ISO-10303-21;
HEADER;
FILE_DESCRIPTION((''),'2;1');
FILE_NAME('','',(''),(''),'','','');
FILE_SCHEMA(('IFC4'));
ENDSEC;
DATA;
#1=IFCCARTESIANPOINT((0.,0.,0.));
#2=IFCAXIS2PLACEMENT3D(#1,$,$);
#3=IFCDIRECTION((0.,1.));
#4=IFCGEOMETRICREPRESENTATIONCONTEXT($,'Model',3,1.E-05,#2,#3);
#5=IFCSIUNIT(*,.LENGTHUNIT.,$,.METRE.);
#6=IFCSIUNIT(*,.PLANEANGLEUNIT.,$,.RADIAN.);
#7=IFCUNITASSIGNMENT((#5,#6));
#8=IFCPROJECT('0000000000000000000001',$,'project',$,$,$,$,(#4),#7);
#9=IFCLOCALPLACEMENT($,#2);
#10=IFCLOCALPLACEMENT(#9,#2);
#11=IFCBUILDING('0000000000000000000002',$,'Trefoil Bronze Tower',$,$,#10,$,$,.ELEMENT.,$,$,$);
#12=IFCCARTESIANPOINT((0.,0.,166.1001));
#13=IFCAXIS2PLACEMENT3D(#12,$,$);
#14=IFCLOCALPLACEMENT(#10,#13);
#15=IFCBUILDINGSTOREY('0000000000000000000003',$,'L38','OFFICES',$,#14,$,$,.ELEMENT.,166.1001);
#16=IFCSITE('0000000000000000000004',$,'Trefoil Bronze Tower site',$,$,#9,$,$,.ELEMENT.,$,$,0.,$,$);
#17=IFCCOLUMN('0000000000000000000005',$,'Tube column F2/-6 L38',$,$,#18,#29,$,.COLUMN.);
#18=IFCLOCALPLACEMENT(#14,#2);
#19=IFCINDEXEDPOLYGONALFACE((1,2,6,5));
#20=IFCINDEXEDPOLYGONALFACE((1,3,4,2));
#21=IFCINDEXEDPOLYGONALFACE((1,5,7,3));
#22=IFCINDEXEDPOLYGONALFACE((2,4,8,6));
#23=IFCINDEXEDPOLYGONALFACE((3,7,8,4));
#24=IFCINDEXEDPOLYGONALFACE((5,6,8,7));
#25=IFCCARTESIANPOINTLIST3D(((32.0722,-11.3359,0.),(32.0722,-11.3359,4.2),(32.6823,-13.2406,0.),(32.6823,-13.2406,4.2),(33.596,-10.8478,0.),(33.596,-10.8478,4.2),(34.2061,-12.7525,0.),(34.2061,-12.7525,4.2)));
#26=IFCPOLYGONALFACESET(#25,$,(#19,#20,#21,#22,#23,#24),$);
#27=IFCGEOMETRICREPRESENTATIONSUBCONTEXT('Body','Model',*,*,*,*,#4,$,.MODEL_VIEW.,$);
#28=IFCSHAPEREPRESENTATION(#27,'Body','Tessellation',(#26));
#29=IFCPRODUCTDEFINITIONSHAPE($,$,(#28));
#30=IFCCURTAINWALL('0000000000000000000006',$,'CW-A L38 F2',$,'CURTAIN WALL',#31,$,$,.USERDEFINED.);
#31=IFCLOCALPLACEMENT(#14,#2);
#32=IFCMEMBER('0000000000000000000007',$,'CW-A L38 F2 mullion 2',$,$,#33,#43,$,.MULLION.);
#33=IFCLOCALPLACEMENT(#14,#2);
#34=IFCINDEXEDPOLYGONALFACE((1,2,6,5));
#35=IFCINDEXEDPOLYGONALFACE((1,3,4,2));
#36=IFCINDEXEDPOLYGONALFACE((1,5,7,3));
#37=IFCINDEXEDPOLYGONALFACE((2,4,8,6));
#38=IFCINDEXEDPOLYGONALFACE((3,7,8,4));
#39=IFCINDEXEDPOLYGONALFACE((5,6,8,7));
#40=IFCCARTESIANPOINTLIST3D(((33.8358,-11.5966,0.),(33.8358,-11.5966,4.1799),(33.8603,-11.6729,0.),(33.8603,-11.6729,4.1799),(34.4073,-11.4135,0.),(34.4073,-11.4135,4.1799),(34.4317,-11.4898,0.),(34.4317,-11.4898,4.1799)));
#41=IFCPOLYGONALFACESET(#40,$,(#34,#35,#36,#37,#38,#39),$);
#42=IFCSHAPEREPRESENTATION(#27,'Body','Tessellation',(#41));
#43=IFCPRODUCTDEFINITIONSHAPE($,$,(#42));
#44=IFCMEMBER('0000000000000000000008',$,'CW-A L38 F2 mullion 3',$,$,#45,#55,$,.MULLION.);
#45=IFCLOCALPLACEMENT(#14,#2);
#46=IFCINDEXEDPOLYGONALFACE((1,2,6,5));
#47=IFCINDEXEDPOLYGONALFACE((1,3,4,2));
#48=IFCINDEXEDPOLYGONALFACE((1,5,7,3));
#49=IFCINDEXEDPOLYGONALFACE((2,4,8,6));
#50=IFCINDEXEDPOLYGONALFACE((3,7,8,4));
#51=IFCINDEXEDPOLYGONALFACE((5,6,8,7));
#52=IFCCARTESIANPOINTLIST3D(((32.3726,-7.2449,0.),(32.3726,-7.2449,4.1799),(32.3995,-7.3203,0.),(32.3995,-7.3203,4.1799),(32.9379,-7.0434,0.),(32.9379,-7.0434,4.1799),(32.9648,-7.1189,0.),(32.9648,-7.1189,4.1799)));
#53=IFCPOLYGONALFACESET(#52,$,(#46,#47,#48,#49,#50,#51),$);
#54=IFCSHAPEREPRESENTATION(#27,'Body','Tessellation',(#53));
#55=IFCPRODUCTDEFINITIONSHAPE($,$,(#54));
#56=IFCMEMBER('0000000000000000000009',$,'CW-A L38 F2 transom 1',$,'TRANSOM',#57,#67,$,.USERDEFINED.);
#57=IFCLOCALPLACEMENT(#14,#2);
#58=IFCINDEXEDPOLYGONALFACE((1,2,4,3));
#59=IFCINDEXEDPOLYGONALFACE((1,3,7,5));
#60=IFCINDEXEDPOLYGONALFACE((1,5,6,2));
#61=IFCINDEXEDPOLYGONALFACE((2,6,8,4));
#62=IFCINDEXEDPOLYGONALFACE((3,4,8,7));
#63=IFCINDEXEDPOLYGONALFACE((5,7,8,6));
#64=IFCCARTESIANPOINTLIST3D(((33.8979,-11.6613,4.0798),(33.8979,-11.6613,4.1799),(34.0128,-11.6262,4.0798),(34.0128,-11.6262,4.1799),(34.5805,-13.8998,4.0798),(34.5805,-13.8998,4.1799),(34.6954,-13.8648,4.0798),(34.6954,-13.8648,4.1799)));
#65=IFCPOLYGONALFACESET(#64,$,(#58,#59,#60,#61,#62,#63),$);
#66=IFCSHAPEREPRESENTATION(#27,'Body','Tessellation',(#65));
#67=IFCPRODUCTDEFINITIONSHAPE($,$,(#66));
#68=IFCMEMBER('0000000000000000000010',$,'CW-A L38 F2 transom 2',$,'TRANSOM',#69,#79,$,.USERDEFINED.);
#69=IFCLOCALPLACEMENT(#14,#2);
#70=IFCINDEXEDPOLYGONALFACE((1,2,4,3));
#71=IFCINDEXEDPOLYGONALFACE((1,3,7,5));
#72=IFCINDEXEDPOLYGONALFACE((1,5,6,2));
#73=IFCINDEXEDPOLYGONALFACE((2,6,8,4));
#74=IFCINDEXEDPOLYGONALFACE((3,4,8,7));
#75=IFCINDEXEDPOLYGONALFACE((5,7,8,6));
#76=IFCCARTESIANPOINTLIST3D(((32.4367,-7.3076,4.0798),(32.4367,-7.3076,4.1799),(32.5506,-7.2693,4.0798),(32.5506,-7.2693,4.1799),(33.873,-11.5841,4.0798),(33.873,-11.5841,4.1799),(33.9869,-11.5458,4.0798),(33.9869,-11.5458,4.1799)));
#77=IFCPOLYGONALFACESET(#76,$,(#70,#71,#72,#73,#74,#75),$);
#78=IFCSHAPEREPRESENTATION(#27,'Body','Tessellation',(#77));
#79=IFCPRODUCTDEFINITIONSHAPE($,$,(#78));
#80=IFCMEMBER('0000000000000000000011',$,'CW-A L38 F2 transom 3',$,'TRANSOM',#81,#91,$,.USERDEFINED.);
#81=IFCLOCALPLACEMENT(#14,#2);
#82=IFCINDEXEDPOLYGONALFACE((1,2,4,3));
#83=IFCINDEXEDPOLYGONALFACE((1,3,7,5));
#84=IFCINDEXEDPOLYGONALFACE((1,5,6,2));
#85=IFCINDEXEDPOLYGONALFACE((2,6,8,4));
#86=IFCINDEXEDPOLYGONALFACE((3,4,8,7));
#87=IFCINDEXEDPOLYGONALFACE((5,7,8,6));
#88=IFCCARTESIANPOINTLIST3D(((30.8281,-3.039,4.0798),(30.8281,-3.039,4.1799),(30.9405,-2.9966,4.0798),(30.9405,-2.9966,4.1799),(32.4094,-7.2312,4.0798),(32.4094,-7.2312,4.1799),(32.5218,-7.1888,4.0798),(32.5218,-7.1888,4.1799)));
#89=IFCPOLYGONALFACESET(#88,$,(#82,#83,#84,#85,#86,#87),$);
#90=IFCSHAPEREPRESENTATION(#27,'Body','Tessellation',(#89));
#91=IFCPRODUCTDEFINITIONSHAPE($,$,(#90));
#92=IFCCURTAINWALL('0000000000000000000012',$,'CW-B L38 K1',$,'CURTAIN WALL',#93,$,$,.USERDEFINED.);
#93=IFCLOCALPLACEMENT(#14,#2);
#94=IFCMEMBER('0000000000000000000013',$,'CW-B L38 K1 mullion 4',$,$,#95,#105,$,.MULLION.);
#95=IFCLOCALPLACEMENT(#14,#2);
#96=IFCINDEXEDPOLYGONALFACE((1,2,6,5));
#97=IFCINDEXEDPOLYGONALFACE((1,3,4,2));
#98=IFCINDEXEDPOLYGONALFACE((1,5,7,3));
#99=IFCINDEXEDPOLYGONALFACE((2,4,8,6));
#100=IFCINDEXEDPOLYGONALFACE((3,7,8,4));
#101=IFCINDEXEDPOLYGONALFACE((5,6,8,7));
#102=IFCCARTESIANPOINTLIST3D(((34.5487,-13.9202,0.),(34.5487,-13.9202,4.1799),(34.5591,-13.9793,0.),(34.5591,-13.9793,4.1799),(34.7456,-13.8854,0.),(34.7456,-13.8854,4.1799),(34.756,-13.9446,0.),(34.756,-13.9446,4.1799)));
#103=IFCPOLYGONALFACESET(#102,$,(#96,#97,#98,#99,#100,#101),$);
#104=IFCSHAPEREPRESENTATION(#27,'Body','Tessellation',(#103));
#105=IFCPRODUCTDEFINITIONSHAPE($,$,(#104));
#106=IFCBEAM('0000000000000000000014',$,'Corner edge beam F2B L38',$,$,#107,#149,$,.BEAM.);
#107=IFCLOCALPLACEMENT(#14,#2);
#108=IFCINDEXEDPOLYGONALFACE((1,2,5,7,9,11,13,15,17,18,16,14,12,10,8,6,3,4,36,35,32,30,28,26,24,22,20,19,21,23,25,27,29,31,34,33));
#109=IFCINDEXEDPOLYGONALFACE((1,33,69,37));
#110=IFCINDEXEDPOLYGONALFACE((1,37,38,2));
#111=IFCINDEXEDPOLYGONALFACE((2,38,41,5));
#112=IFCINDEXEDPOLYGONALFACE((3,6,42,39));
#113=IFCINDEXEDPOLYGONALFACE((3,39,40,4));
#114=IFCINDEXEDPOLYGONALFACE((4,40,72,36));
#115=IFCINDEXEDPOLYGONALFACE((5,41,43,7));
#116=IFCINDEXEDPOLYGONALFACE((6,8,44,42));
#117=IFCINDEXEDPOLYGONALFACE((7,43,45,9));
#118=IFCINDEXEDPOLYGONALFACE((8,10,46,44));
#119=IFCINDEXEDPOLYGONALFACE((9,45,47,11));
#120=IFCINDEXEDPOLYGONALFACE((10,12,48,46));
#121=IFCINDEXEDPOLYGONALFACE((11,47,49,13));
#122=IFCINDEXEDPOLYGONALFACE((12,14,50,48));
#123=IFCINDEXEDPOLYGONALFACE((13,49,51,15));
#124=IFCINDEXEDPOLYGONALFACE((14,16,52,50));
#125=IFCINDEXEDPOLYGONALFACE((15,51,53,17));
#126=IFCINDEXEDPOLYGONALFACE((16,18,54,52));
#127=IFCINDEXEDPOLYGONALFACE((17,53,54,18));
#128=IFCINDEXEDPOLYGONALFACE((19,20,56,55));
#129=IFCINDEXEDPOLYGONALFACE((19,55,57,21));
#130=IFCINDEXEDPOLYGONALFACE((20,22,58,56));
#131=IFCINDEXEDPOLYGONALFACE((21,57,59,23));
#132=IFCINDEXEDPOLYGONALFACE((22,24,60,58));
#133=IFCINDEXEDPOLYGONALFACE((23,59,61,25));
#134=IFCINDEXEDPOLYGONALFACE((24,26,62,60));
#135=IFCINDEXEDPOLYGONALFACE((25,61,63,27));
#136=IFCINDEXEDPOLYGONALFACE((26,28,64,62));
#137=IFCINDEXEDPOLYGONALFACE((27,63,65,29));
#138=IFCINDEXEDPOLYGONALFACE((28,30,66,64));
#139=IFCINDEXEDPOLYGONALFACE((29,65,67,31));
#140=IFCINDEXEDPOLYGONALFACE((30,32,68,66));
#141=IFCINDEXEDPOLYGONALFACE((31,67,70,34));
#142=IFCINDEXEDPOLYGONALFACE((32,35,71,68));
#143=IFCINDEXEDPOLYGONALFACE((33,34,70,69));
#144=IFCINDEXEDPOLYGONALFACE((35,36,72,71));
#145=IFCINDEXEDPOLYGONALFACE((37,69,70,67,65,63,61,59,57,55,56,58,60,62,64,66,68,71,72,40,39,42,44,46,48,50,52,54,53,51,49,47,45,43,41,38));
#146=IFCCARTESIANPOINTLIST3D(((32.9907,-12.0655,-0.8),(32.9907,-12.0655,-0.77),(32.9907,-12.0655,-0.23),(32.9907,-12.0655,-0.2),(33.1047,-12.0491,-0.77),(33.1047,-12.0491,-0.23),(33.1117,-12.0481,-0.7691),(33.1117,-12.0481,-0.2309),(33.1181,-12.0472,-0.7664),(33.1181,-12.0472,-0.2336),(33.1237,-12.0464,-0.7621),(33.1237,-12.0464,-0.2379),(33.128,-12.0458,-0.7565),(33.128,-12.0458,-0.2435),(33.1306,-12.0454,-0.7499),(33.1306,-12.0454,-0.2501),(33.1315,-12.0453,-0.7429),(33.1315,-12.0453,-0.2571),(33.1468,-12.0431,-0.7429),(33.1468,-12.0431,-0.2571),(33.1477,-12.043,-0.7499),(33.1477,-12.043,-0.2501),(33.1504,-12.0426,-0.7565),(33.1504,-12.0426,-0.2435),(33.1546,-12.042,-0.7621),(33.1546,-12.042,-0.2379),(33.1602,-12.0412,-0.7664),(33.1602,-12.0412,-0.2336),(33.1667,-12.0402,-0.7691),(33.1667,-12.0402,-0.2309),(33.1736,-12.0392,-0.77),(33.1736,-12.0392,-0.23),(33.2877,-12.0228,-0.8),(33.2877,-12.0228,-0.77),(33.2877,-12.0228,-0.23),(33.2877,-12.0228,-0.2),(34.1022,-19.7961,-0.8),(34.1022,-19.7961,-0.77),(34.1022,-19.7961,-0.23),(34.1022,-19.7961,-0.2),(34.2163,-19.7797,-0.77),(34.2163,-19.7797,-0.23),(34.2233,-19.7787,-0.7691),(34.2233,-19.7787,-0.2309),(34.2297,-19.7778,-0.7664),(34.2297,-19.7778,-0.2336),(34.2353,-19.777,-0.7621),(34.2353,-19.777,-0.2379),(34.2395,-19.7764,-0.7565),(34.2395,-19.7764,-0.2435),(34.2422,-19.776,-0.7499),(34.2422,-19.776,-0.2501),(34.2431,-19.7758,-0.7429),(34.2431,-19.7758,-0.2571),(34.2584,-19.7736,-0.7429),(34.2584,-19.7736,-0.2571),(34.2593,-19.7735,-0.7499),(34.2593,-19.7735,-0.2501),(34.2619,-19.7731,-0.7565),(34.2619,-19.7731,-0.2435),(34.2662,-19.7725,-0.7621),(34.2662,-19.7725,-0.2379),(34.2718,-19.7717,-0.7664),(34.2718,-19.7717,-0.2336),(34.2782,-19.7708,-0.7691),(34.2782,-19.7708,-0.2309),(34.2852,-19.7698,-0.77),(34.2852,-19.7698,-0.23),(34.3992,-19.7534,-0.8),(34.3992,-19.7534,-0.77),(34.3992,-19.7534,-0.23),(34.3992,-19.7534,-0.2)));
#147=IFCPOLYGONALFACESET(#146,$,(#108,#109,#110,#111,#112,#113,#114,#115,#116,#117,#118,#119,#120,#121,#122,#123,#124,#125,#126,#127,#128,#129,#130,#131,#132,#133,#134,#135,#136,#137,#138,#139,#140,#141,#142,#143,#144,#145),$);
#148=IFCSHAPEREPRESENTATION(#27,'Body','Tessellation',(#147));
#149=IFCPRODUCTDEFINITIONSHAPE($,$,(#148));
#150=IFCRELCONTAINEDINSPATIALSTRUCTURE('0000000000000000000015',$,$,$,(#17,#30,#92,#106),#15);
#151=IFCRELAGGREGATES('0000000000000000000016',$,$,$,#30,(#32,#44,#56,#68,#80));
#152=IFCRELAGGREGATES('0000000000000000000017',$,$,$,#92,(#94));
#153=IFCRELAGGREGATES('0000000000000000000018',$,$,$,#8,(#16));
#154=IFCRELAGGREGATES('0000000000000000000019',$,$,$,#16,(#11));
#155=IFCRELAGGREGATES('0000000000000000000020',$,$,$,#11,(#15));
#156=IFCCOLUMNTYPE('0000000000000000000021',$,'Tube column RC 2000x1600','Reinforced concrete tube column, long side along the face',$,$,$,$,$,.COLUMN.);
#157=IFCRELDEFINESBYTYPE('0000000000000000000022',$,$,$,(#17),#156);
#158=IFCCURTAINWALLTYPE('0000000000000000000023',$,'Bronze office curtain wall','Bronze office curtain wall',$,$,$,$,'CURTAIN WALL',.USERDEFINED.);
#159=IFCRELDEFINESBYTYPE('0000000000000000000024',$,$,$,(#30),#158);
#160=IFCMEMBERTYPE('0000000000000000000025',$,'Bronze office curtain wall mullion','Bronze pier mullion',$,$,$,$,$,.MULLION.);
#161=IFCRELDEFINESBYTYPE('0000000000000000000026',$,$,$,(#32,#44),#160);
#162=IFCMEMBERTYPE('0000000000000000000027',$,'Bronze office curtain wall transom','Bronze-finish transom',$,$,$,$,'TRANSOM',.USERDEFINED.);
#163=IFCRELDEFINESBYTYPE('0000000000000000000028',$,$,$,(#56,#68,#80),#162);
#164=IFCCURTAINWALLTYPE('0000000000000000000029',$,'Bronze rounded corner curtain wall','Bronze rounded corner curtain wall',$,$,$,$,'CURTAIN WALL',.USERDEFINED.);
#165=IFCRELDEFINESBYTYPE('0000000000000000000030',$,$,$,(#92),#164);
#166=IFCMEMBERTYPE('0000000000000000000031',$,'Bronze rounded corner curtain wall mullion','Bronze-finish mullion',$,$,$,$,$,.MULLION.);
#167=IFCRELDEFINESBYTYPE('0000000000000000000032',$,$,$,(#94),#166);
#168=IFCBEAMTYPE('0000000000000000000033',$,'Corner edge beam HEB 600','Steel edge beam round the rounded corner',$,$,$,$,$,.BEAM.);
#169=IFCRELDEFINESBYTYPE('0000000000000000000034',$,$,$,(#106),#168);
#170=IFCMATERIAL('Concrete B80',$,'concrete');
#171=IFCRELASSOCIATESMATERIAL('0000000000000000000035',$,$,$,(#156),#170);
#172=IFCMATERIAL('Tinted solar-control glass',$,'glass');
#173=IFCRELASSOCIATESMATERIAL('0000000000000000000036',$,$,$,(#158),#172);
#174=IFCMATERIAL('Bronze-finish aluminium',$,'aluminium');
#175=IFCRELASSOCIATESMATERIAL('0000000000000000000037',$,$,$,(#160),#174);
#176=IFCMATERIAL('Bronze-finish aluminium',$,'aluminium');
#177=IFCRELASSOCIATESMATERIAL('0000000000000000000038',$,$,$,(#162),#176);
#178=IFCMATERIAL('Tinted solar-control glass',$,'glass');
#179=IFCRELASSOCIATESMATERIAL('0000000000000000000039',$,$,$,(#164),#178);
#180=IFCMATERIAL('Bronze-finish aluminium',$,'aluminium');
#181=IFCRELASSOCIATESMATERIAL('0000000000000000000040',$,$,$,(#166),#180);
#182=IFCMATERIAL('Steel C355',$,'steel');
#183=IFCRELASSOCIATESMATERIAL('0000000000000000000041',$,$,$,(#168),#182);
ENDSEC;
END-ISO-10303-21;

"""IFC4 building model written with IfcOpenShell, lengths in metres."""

from ifc_helpers import new_model, si_unit, direction, frame, origin, origin_2d, place, context, subcontext, project, spatial, rectangle, i_section, extrude, material, material_profile, profile_set, type_object, element, aggregate, save


model = new_model("IFC4")

# Units and contexts
model_context = context("Model", 3, precision=1e-05, world=origin(), true_north=direction((0.0, 1.0)))
body_context = subcontext(model_context, "Body", "Model", "MODEL_VIEW")
ifc_project = project(units=[si_unit("LENGTHUNIT", "METRE"), si_unit("PLANEANGLEUNIT", "RADIAN")], contexts=[model_context])

# Site, building, storey
site_placement = place(None, origin())
site = spatial("IfcSite", under=ifc_project, at=site_placement, Name="Trefoil Bronze Tower site", CompositionType="ELEMENT", RefElevation=0.0)
building_placement = place(site_placement, origin())
building = spatial("IfcBuilding", under=site, at=building_placement, Name="Trefoil Bronze Tower", CompositionType="ELEMENT")
storey_placement = place(building_placement, frame((0.0, 0.0, 166.1001)))
storey = spatial("IfcBuildingStorey", under=building, at=storey_placement, Name="L38", Description="OFFICES", CompositionType="ELEMENT", Elevation=166.1001)

# Column
ifc_material_1 = material(Name="Concrete B80", Category="concrete")
ifc_material_profile_1 = material_profile(ifc_material_1, rectangle(XDim=2.0, YDim=1.6001, at=origin_2d()), Name="RC 2000x1600")
ifc_profile_set_1 = profile_set([ifc_material_profile_1], Name="Concrete B80")
column_type = type_object("IfcColumnType", Name="Tube column RC 2000x1600", Description="Reinforced concrete tube column, long side along the face", PredefinedType="COLUMN", material=ifc_profile_set_1)
column_placement = place(storey_placement, frame((33.1392, -12.0442, 0.0), z_axis=(0.0, 0.0, 1.0), x_axis=(-0.305066, 0.952331, 0.0)))
element("IfcColumn", 1, at=column_placement, inside=storey, type_object=column_type, Name="Tube column F2/-6 L38", PredefinedType="COLUMN", context=body_context, shape_type="SweptSolid", body=[
    extrude(rectangle(XDim=2.0, YDim=1.6001, at=origin_2d()), origin(), (0.0, 0.0, 1.0), 4.2),
])

# Curtain wall, members
ifc_material_2 = material(Name="Tinted solar-control glass", Category="glass")
curtain_wall_type_1 = type_object("IfcCurtainWallType", Name="Bronze office curtain wall", Description="Bronze office curtain wall", ElementType="CURTAIN WALL", PredefinedType="USERDEFINED", material=ifc_material_2)
curtain_wall_1_placement = place(storey_placement, origin())
curtain_wall_1 = element("IfcCurtainWall", 2, at=curtain_wall_1_placement, inside=storey, type_object=curtain_wall_type_1, Name="CW-A L38 F2", ObjectType="CURTAIN WALL", PredefinedType="USERDEFINED")
ifc_material_3 = material(Name="Bronze-finish aluminium", Category="aluminium")
ifc_material_profile_2 = material_profile(ifc_material_3, rectangle(XDim=0.6001, YDim=0.0801, at=origin_2d()), Name="CW-A mullion")
ifc_profile_set_2 = profile_set([ifc_material_profile_2], Name="Bronze-finish aluminium")
member_type_1 = type_object("IfcMemberType", Name="Bronze office curtain wall mullion", Description="Bronze pier mullion", PredefinedType="MULLION", material=ifc_profile_set_2)
member_1_placement = place(storey_placement, frame((34.1338, -11.5432, 0.0), z_axis=(0.0, 0.0, 1.0), x_axis=(-0.952331, -0.305066, 0.0)))
member_1 = element("IfcMember", 3, at=member_1_placement, type_object=member_type_1, Name="CW-A L38 F2 mullion 2", PredefinedType="MULLION", context=body_context, shape_type="SweptSolid", body=[
    extrude(rectangle(XDim=0.6001, YDim=0.0801, at=origin_2d()), origin(), (0.0, 0.0, 1.0), 4.1799),
])
member_2_placement = place(storey_placement, frame((32.6687, -7.1819, 0.0), z_axis=(0.0, 0.0, 1.0), x_axis=(-0.941963, -0.335718, 0.0)))
member_2 = element("IfcMember", 4, at=member_2_placement, type_object=member_type_1, Name="CW-A L38 F2 mullion 3", PredefinedType="MULLION", context=body_context, shape_type="SweptSolid", body=[
    extrude(rectangle(XDim=0.6001, YDim=0.0801, at=origin_2d()), origin(), (0.0, 0.0, 1.0), 4.1799),
])
ifc_material_4 = material(Name="Bronze-finish aluminium", Category="aluminium")
ifc_material_profile_3 = material_profile(ifc_material_4, rectangle(XDim=0.1201, YDim=0.1001, at=origin_2d()), Name="CW-A transom")
ifc_profile_set_3 = profile_set([ifc_material_profile_3], Name="Bronze-finish aluminium")
member_type_2 = type_object("IfcMemberType", Name="Bronze office curtain wall transom", Description="Bronze-finish transom", ElementType="TRANSOM", PredefinedType="USERDEFINED", material=ifc_profile_set_3)
member_3_placement = place(storey_placement, frame((34.6379, -13.8823, 4.1299), z_axis=(-0.29168, 0.956516, 0.0), x_axis=(-0.956516, -0.29168, 0.0)))
member_3 = element("IfcMember", 5, at=member_3_placement, type_object=member_type_2, Name="CW-A L38 F2 transom 1", ObjectType="TRANSOM", PredefinedType="USERDEFINED", context=body_context, shape_type="SweptSolid", body=[
    extrude(rectangle(XDim=0.1201, YDim=0.1001, at=origin_2d()), origin(), (0.0, 0.0, 1.0), 2.3403),
])
member_4_placement = place(storey_placement, frame((33.9299, -11.5649, 4.1299), z_axis=(-0.318386, 0.947961, 0.0), x_axis=(-0.947961, -0.318386, 0.0)))
member_4 = element("IfcMember", 6, at=member_4_placement, type_object=member_type_2, Name="CW-A L38 F2 transom 2", ObjectType="TRANSOM", PredefinedType="USERDEFINED", context=body_context, shape_type="SweptSolid", body=[
    extrude(rectangle(XDim=0.1201, YDim=0.1001, at=origin_2d()), origin(), (0.0, 0.0, 1.0), 4.5112),
])
member_5_placement = place(storey_placement, frame((32.4656, -7.21, 4.1299), z_axis=(-0.352932, 0.935649, 0.0), x_axis=(-0.935649, -0.352932, 0.0)))
member_5 = element("IfcMember", 7, at=member_5_placement, type_object=member_type_2, Name="CW-A L38 F2 transom 3", ObjectType="TRANSOM", PredefinedType="USERDEFINED", context=body_context, shape_type="SweptSolid", body=[
    extrude(rectangle(XDim=0.1201, YDim=0.1001, at=origin_2d()), origin(), (0.0, 0.0, 1.0), 4.4805),
])

# Curtain wall, member
ifc_material_5 = material(Name="Tinted solar-control glass", Category="glass")
curtain_wall_type_2 = type_object("IfcCurtainWallType", Name="Bronze rounded corner curtain wall", Description="Bronze rounded corner curtain wall", ElementType="CURTAIN WALL", PredefinedType="USERDEFINED", material=ifc_material_5)
curtain_wall_2_placement = place(storey_placement, origin())
curtain_wall_2 = element("IfcCurtainWall", 8, at=curtain_wall_2_placement, inside=storey, type_object=curtain_wall_type_2, Name="CW-B L38 K1", ObjectType="CURTAIN WALL", PredefinedType="USERDEFINED")
ifc_material_6 = material(Name="Bronze-finish aluminium", Category="aluminium")
ifc_material_profile_4 = material_profile(ifc_material_6, rectangle(XDim=0.2, YDim=0.0601, at=origin_2d()), Name="CW-B mullion")
ifc_profile_set_4 = profile_set([ifc_material_profile_4], Name="Bronze-finish aluminium")
member_type_3 = type_object("IfcMemberType", Name="Bronze rounded corner curtain wall mullion", Description="Bronze-finish mullion", PredefinedType="MULLION", material=ifc_profile_set_4)
member_6_placement = place(storey_placement, frame((34.6523, -13.9324, 0.0), z_axis=(0.0, 0.0, 1.0), x_axis=(-0.984808, -0.173648, 0.0)))
member_6 = element("IfcMember", 9, at=member_6_placement, type_object=member_type_3, Name="CW-B L38 K1 mullion 4", PredefinedType="MULLION", context=body_context, shape_type="SweptSolid", body=[
    extrude(rectangle(XDim=0.2, YDim=0.0601, at=origin_2d()), origin(), (0.0, 0.0, 1.0), 4.1799),
])

# Beam
ifc_material_7 = material(Name="Steel C355", Category="steel")
ifc_material_profile_5 = material_profile(ifc_material_7, i_section(OverallWidth=0.3, OverallDepth=0.6001, WebThickness=0.0154, FlangeThickness=0.03, FilletRadius=0.0271, at=origin_2d()), Name="HEB 600")
ifc_profile_set_5 = profile_set([ifc_material_profile_5], Name="Steel C355")
beam_type_1 = type_object("IfcBeamType", Name="Corner edge beam HEB 600", Description="Steel edge beam round the rounded corner", PredefinedType="BEAM", material=ifc_profile_set_5)
beam_1_placement = place(storey_placement, frame((33.1392, -12.0442, -0.5), z_axis=(0.142327, -0.98982, 0.0), x_axis=(0.98982, 0.142327, 0.0)))
element("IfcBeam", 10, at=beam_1_placement, inside=storey, type_object=beam_type_1, Name="Corner edge beam F2B L38", PredefinedType="BEAM", context=body_context, shape_type="SweptSolid", body=[
    extrude(i_section(OverallWidth=0.3, OverallDepth=0.6001, WebThickness=0.0154, FlangeThickness=0.03, FilletRadius=0.0271, at=origin_2d()), origin(), (0.0, 0.0, 1.0), 7.8101),
])

aggregate(curtain_wall_1, [member_1, member_2, member_3, member_4, member_5])
aggregate(curtain_wall_2, [member_6])

save(model, "model.ifc")
